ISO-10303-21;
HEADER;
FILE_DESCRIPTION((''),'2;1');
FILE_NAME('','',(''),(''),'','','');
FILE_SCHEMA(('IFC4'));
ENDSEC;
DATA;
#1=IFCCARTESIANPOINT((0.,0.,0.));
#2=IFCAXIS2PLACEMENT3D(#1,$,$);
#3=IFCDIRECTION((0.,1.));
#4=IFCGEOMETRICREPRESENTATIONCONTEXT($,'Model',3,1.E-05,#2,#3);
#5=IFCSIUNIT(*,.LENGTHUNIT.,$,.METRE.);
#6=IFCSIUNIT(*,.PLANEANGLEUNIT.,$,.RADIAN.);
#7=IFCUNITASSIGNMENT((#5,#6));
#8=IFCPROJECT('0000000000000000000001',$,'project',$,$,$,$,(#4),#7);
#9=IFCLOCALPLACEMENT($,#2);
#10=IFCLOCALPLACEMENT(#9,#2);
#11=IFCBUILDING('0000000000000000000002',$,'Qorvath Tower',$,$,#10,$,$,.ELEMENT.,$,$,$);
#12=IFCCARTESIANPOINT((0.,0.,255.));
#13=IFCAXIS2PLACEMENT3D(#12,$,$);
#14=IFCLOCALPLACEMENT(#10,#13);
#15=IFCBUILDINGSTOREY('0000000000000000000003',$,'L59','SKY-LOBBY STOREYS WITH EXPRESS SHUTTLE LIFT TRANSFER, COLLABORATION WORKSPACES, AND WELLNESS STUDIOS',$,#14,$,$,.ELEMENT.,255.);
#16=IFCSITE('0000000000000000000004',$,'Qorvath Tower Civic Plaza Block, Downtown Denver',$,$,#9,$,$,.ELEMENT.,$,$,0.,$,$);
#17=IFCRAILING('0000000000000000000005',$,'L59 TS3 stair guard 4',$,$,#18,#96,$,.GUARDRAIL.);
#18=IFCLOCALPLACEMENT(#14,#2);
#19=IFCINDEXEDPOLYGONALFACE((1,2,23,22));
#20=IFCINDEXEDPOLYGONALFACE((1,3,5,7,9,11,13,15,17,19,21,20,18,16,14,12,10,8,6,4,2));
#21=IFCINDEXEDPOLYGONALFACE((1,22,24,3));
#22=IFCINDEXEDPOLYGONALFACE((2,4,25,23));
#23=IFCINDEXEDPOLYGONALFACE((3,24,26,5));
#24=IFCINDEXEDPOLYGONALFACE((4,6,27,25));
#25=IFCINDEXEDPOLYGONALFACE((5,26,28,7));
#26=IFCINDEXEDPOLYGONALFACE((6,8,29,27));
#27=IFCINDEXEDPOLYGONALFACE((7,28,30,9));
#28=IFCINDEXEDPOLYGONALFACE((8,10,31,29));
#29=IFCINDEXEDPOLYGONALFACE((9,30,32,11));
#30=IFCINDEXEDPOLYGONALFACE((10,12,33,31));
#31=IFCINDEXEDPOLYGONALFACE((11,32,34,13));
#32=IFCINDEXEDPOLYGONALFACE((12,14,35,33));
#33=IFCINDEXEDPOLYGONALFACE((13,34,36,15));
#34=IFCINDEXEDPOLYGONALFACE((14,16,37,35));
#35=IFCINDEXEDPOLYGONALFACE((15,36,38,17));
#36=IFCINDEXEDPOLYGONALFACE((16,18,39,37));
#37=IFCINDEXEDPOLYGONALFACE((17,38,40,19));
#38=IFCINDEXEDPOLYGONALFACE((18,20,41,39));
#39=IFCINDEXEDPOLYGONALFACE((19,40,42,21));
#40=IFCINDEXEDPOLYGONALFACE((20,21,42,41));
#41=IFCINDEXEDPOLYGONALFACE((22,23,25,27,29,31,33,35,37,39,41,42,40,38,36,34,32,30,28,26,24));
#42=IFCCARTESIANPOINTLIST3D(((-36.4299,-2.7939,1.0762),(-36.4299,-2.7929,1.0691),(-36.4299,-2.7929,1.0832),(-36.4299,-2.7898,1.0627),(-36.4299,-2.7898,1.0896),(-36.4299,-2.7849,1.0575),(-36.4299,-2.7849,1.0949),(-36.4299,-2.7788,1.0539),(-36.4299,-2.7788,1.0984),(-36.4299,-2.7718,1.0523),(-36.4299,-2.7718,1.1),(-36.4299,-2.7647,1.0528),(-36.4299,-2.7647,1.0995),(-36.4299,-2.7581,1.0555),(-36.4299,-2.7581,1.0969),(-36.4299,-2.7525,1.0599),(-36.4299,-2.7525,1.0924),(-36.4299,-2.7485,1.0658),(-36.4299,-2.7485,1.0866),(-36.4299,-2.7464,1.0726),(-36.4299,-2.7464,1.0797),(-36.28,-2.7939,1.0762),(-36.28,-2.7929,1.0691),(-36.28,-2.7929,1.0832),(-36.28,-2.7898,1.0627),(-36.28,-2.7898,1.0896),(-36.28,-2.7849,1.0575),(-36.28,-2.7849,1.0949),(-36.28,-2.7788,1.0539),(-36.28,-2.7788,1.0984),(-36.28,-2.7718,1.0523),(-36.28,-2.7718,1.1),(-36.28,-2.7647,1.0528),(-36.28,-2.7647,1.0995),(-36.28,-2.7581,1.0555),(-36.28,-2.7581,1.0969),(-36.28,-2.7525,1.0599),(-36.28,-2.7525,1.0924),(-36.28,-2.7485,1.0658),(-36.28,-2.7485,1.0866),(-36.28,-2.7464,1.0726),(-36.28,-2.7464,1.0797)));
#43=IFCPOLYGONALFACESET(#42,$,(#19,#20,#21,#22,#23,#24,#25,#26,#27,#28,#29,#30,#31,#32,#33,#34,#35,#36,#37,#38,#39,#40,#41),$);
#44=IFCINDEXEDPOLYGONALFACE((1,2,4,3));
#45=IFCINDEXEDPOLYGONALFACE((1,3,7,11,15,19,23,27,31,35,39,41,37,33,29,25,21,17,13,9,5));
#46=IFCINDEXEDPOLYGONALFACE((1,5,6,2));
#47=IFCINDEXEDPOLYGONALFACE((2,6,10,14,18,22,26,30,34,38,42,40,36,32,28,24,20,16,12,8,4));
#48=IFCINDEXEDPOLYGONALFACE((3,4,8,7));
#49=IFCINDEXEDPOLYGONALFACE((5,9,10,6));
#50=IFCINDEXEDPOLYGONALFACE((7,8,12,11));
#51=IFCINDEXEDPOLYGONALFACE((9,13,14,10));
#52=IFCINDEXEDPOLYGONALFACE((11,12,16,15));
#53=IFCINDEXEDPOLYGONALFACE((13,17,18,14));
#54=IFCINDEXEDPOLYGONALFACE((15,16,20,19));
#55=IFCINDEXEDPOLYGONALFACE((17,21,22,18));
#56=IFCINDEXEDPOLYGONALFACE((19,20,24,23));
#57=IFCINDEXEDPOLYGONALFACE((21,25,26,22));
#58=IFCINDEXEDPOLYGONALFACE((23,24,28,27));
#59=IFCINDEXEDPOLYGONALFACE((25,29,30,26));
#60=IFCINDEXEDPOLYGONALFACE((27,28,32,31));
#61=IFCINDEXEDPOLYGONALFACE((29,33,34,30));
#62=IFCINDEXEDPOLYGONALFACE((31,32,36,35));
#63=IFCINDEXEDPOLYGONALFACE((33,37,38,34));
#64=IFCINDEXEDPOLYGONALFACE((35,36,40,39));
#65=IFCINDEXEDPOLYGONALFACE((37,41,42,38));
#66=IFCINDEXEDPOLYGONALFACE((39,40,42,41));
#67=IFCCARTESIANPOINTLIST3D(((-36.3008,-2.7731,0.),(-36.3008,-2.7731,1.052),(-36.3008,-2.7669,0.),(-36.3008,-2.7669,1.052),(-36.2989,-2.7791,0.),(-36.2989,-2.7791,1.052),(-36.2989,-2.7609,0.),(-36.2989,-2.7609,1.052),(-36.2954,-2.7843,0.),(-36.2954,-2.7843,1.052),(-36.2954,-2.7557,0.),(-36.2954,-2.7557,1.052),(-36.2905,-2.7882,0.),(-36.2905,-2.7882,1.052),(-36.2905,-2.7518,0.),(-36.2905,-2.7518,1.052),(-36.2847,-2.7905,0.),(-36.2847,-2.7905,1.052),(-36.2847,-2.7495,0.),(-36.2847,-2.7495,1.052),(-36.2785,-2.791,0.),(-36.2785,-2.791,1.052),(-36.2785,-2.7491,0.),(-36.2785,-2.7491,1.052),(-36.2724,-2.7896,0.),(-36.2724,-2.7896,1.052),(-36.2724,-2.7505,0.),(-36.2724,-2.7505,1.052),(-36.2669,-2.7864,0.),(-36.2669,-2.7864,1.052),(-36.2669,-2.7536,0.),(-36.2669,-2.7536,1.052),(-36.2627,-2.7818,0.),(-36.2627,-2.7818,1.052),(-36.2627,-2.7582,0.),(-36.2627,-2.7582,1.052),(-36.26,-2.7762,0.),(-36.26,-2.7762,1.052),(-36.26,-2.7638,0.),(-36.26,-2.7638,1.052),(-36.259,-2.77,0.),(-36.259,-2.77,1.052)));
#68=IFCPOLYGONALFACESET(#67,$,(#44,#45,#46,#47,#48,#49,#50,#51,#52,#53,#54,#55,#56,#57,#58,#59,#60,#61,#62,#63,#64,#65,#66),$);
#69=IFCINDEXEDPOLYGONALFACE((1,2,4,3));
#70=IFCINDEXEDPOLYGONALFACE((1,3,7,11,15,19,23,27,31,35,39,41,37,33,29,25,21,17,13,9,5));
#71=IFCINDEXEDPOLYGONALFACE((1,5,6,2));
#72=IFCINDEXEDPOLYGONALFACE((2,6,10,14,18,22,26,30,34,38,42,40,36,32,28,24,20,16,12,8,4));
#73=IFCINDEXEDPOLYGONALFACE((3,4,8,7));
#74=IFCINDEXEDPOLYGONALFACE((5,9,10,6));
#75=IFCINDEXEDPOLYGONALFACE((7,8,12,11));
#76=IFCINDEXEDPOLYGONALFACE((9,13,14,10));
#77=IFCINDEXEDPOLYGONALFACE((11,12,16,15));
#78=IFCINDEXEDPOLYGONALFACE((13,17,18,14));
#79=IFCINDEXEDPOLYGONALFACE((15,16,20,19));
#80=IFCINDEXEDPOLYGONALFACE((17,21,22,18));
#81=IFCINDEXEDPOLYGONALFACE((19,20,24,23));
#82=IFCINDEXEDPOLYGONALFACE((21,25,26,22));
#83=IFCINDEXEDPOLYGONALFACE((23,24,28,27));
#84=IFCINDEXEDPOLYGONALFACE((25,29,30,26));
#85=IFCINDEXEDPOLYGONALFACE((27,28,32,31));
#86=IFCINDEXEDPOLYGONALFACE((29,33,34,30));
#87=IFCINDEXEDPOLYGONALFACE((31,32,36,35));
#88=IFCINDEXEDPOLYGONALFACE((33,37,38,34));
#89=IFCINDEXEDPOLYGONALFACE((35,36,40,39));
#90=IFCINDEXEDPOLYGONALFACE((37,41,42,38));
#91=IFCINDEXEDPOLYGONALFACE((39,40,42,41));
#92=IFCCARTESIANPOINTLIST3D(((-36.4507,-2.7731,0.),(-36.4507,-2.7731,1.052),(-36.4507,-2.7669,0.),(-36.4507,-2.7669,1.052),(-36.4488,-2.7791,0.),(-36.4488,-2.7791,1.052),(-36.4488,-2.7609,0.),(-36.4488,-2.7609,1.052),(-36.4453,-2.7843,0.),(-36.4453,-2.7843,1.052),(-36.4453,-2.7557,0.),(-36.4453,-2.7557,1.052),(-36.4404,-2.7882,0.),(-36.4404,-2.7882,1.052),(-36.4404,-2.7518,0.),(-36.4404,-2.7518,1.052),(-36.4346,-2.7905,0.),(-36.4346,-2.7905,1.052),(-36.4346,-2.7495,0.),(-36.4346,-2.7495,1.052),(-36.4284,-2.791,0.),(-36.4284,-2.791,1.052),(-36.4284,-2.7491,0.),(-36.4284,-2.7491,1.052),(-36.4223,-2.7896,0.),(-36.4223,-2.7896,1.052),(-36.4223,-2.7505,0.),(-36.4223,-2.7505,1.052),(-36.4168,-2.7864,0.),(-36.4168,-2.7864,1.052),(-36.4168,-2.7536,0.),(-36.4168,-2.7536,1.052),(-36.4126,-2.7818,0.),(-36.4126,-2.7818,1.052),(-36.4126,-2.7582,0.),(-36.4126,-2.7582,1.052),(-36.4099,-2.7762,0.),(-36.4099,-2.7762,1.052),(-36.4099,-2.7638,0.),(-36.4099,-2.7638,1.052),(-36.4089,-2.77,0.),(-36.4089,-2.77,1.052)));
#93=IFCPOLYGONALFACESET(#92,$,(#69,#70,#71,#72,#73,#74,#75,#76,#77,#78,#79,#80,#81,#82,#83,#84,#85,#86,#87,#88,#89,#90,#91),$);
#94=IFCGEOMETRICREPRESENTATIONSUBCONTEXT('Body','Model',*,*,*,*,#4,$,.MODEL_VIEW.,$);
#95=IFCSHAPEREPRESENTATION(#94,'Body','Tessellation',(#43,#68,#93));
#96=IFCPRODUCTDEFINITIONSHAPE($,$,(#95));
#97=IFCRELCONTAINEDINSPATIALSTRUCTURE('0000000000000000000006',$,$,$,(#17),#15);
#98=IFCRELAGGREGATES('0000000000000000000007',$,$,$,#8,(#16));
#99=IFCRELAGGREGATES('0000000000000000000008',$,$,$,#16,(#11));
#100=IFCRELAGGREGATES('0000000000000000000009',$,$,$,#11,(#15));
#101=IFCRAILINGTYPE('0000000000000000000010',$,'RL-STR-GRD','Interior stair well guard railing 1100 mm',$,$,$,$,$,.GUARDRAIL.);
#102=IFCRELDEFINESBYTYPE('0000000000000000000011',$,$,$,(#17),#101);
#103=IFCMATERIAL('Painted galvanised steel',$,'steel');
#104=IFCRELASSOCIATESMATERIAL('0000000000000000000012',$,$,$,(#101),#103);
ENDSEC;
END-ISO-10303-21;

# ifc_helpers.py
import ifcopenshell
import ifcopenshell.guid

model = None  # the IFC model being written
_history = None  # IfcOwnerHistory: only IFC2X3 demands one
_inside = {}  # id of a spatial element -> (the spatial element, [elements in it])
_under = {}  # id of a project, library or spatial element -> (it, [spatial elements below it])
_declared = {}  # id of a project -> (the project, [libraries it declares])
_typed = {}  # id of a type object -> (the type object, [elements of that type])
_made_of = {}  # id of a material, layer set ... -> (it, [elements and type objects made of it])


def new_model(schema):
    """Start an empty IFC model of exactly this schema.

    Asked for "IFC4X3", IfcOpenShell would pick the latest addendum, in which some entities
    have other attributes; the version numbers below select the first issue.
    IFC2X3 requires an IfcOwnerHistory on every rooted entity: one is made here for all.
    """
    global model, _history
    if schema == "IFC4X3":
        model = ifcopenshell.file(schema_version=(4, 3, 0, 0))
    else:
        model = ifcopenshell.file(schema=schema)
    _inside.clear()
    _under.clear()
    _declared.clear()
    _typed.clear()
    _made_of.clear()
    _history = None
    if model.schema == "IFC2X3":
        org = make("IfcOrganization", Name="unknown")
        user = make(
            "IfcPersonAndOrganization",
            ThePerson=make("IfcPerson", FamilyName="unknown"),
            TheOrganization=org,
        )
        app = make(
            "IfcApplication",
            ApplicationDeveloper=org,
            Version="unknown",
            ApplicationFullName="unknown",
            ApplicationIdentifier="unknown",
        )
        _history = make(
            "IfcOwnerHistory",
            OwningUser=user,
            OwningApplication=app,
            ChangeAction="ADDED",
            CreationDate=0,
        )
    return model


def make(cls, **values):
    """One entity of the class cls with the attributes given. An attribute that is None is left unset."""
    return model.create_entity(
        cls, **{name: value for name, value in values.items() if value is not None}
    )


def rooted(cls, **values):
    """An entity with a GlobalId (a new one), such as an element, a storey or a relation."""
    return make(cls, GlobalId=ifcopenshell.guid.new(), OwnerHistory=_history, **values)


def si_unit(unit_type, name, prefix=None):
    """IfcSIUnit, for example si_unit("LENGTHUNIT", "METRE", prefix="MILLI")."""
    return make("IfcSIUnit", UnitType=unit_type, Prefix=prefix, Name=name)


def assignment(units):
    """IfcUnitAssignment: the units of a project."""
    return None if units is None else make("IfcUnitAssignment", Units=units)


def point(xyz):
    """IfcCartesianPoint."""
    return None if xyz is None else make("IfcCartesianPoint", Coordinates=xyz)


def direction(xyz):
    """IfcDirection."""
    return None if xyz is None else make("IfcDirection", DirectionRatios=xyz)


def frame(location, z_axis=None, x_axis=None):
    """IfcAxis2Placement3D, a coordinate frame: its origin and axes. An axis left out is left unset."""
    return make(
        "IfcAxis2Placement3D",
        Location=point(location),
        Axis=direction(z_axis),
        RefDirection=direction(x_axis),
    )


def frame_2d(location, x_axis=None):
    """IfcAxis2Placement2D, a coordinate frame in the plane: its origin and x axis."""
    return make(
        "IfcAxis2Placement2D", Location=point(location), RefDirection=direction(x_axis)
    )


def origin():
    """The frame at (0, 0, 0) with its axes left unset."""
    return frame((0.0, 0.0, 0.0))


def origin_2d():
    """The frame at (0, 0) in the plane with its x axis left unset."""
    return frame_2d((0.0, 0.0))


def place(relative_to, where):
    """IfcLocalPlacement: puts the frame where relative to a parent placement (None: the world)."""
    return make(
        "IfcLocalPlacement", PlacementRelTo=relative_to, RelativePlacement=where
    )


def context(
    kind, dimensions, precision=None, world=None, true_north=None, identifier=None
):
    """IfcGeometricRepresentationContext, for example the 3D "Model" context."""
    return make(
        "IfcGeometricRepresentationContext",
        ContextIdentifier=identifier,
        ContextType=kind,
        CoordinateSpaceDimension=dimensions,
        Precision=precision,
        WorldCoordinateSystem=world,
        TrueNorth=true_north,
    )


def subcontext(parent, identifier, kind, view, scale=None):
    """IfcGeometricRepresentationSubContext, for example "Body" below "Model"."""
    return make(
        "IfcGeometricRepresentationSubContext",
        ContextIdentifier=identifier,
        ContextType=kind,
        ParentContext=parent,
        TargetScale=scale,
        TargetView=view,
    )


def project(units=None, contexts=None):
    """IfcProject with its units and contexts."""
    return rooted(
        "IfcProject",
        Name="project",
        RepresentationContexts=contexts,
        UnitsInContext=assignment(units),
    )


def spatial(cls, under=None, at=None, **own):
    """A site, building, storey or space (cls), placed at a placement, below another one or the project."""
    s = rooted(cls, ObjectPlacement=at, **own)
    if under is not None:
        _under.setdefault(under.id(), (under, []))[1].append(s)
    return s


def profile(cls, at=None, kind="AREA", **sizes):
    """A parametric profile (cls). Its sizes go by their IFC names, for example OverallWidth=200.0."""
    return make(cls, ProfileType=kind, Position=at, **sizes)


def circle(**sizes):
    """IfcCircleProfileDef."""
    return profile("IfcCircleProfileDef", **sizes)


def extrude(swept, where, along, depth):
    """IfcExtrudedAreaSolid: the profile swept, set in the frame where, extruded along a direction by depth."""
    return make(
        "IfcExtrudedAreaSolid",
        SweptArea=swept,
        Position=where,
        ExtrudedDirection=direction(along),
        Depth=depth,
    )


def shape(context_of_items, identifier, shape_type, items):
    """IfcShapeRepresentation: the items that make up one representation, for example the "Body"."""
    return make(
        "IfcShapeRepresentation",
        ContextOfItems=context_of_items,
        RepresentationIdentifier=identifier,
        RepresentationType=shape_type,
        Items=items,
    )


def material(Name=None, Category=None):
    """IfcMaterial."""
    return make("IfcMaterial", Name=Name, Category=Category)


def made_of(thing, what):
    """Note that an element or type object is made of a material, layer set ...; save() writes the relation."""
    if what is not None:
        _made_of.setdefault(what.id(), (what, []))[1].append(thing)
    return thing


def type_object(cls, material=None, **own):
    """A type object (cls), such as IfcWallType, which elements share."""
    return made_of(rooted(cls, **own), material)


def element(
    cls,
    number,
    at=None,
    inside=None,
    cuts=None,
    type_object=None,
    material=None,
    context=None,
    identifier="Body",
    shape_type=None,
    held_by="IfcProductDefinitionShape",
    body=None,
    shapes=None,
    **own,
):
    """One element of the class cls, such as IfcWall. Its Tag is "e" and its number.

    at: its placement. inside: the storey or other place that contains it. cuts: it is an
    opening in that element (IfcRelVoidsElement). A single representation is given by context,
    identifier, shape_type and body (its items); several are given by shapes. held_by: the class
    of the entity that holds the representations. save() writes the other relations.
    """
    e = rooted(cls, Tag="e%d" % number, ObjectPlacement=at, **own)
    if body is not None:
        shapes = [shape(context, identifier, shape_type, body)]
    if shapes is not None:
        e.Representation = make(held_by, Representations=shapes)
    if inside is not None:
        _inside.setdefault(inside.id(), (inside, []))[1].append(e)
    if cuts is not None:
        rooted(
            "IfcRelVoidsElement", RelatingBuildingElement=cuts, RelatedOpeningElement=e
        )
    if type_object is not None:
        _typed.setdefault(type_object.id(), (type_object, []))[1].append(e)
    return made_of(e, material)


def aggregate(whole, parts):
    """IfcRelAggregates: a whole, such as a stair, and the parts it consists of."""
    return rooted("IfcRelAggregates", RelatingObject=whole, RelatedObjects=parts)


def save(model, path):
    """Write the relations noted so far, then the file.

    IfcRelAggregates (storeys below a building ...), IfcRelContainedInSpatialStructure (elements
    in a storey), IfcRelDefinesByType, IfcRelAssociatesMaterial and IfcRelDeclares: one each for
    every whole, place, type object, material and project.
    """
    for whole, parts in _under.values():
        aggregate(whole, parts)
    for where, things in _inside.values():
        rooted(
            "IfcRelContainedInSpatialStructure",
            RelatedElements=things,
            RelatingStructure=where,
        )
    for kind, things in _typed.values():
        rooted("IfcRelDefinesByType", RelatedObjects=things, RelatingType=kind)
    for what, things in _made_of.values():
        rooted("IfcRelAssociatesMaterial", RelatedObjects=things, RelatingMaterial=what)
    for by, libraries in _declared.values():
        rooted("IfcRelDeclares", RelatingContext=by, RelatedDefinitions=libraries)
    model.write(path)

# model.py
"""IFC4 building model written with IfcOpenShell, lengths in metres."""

from ifc_helpers import new_model, si_unit, direction, frame, origin, origin_2d, place, context, subcontext, project, spatial, circle, extrude, material, type_object, element, save


model = new_model("IFC4")

# Units and contexts
model_context = context("Model", 3, precision=1e-05, world=origin(), true_north=direction((0.0, 1.0)))
body_context = subcontext(model_context, "Body", "Model", "MODEL_VIEW")
ifc_project = project(units=[si_unit("LENGTHUNIT", "METRE"), si_unit("PLANEANGLEUNIT", "RADIAN")], contexts=[model_context])

# Site, building, storey
site_placement = place(None, origin())
site = spatial("IfcSite", under=ifc_project, at=site_placement, Name="Qorvath Tower Civic Plaza Block, Downtown Denver", CompositionType="ELEMENT", RefElevation=0.0)
building_placement = place(site_placement, origin())
building = spatial("IfcBuilding", under=site, at=building_placement, Name="Qorvath Tower", CompositionType="ELEMENT")
storey_placement = place(building_placement, frame((0.0, 0.0, 255.0)))
storey = spatial("IfcBuildingStorey", under=building, at=storey_placement, Name="L59", Description="SKY-LOBBY STOREYS WITH EXPRESS SHUTTLE LIFT TRANSFER, COLLABORATION WORKSPACES, AND WELLNESS STUDIOS", CompositionType="ELEMENT", Elevation=255.0)

# Railing
ifc_material_1 = material(Name="Painted galvanised steel", Category="steel")
railing_type_1 = type_object("IfcRailingType", Name="RL-STR-GRD", Description="Interior stair well guard railing 1100 mm", PredefinedType="GUARDRAIL", material=ifc_material_1)
railing_1_placement = place(storey_placement, frame((-36.28, -2.77, 0.0)))
element("IfcRailing", 1, at=railing_1_placement, inside=storey, type_object=railing_type_1, Name="L59 TS3 stair guard 4", PredefinedType="GUARDRAIL", context=body_context, shape_type="SweptSolid", body=[
    extrude(circle(Radius=0.0239, at=origin_2d()), frame((0.0, 0.0, 1.0762), z_axis=(-1.0, 0.0, 0.0), x_axis=(0.0, -1.0, 0.0)), (0.0, 0.0, 1.0), 0.1499),
    extrude(circle(Radius=0.021, at=origin_2d()), origin(), (0.0, 0.0, 1.0), 1.052),
    extrude(circle(Radius=0.021, at=origin_2d()), frame((-0.1499, 0.0, 0.0)), (0.0, 0.0, 1.0), 1.052),
])

save(model, "model.ifc")
